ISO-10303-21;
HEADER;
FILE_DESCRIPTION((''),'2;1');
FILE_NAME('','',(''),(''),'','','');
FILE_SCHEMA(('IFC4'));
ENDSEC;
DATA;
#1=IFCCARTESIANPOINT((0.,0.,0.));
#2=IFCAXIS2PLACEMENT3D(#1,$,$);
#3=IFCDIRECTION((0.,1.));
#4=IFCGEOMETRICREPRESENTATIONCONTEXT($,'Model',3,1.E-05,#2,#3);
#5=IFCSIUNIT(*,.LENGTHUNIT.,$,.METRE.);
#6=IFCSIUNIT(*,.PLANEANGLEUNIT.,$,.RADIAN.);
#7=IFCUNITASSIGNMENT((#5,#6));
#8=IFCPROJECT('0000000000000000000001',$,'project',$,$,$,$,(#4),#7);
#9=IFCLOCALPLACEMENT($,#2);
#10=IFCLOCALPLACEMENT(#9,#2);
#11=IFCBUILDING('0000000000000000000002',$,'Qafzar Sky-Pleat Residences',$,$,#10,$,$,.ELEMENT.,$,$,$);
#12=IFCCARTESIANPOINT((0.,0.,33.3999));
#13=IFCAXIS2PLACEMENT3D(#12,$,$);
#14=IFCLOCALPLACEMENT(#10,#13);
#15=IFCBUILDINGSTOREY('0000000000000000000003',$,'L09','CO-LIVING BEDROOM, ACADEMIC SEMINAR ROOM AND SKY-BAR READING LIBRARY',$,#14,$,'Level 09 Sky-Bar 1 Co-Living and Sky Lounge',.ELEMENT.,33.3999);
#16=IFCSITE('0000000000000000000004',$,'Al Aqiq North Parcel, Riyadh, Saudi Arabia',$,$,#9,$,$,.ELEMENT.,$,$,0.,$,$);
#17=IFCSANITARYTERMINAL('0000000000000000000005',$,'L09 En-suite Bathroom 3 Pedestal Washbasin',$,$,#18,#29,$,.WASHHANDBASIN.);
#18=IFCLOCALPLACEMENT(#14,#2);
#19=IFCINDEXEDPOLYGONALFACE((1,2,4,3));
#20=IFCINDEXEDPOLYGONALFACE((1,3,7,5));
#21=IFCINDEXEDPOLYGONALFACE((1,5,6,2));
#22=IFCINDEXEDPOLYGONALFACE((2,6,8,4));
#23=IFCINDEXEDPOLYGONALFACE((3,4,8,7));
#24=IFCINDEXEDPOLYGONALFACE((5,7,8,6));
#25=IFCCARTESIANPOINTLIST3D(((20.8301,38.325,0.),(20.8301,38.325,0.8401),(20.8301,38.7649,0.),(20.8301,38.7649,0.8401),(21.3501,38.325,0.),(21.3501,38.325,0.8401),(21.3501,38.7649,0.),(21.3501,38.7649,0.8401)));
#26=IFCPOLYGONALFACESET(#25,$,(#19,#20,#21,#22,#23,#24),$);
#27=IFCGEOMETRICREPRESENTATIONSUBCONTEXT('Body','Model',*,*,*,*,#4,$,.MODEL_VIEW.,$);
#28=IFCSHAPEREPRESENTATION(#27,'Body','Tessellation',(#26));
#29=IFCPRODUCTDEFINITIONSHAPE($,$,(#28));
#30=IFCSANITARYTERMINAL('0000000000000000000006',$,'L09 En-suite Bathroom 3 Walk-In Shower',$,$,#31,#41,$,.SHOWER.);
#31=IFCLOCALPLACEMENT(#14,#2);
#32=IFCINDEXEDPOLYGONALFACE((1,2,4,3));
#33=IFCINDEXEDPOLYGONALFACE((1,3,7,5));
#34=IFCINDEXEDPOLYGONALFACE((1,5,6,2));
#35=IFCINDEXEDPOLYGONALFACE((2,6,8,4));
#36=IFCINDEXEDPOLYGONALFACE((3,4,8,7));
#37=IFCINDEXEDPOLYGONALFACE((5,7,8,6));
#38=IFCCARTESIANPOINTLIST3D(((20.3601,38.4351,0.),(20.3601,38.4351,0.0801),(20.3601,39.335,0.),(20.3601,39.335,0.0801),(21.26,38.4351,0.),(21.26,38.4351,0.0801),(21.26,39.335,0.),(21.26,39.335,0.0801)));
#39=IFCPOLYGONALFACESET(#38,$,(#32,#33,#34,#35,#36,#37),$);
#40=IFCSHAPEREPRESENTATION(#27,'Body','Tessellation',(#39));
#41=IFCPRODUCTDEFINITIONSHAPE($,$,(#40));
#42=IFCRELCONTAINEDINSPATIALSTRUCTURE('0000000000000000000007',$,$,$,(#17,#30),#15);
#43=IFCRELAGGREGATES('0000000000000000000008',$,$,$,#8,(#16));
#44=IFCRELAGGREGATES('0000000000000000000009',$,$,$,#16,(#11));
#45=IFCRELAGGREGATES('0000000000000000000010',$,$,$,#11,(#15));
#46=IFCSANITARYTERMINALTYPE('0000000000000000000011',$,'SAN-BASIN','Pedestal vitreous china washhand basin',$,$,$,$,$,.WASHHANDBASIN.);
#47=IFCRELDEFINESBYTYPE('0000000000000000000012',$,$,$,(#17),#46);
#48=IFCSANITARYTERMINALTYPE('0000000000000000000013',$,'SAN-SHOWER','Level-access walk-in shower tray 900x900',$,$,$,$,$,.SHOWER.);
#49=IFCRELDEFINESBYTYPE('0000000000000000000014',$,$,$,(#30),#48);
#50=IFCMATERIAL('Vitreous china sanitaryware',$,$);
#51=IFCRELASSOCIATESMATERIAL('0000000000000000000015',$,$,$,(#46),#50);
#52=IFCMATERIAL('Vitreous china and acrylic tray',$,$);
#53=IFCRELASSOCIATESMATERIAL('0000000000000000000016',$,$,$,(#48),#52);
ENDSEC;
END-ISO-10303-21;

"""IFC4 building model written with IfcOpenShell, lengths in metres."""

from ifc_helpers import new_model, si_unit, direction, frame, origin, origin_2d, place, context, subcontext, project, spatial, rectangle, extrude, source, transform, mapped, material, type_object, element, save


model = new_model("IFC4")

# Units and contexts
model_context = context("Model", 3, precision=1e-05, world=origin(), true_north=direction((0.0, 1.0)))
body_context = subcontext(model_context, "Body", "Model", "MODEL_VIEW")
ifc_project = project(units=[si_unit("LENGTHUNIT", "METRE"), si_unit("PLANEANGLEUNIT", "RADIAN")], contexts=[model_context])

# Site, building, storey
site_placement = place(None, origin())
site = spatial("IfcSite", under=ifc_project, at=site_placement, Name="Al Aqiq North Parcel, Riyadh, Saudi Arabia", CompositionType="ELEMENT", RefElevation=0.0)
building_placement = place(site_placement, origin())
building = spatial("IfcBuilding", under=site, at=building_placement, Name="Qafzar Sky-Pleat Residences", CompositionType="ELEMENT")
storey_placement = place(building_placement, frame((0.0, 0.0, 33.3999)))
storey = spatial("IfcBuildingStorey", under=building, at=storey_placement, Name="L09", Description="CO-LIVING BEDROOM, ACADEMIC SEMINAR ROOM AND SKY-BAR READING LIBRARY", LongName="Level 09 Sky-Bar 1 Co-Living and Sky Lounge", CompositionType="ELEMENT", Elevation=33.3999)

# Sanitary terminals
ifc_material_1 = material(Name="Vitreous china sanitaryware")
sanitary_terminal_type_1 = type_object("IfcSanitaryTerminalType", Name="SAN-BASIN", Description="Pedestal vitreous china washhand basin", PredefinedType="WASHHANDBASIN", material=ifc_material_1)
shared_shape_1 = source(origin(), body_context, "Body", "SweptSolid", [
    extrude(rectangle(XDim=0.52, YDim=0.4399, at=origin_2d()), origin(), (0.0, 0.0, 1.0), 0.8401),
])
sanitary_terminal_1_placement = place(storey_placement, frame((21.0901, 38.5449, 0.0), z_axis=(0.0, 0.0, 1.0), x_axis=(1.0, 0.0, 0.0)))
element("IfcSanitaryTerminal", 1, at=sanitary_terminal_1_placement, inside=storey, type_object=sanitary_terminal_type_1, Name="L09 En-suite Bathroom 3 Pedestal Washbasin", PredefinedType="WASHHANDBASIN", context=body_context, shape_type="MappedRepresentation", body=[
    mapped(shared_shape_1, transform((0.0, 0.0, 0.0), x_axis=(1.0, 0.0, 0.0), y_axis=(0.0, 1.0, 0.0), z_axis=(0.0, 0.0, 1.0), scale=1.0)),
])
ifc_material_2 = material(Name="Vitreous china and acrylic tray")
sanitary_terminal_type_2 = type_object("IfcSanitaryTerminalType", Name="SAN-SHOWER", Description="Level-access walk-in shower tray 900x900", PredefinedType="SHOWER", material=ifc_material_2)
shared_shape_2 = source(origin(), body_context, "Body", "SweptSolid", [
    extrude(rectangle(XDim=0.8999, YDim=0.8999, at=origin_2d()), origin(), (0.0, 0.0, 1.0), 0.0801),
])
sanitary_terminal_2_placement = place(storey_placement, frame((20.8101, 38.885, 0.0), z_axis=(0.0, 0.0, 1.0), x_axis=(1.0, 0.0, 0.0)))
element("IfcSanitaryTerminal", 2, at=sanitary_terminal_2_placement, inside=storey, type_object=sanitary_terminal_type_2, Name="L09 En-suite Bathroom 3 Walk-In Shower", PredefinedType="SHOWER", context=body_context, shape_type="MappedRepresentation", body=[
    mapped(shared_shape_2, transform((0.0, 0.0, 0.0), x_axis=(1.0, 0.0, 0.0), y_axis=(0.0, 1.0, 0.0), z_axis=(0.0, 0.0, 1.0), scale=1.0)),
])

save(model, "model.ifc")
